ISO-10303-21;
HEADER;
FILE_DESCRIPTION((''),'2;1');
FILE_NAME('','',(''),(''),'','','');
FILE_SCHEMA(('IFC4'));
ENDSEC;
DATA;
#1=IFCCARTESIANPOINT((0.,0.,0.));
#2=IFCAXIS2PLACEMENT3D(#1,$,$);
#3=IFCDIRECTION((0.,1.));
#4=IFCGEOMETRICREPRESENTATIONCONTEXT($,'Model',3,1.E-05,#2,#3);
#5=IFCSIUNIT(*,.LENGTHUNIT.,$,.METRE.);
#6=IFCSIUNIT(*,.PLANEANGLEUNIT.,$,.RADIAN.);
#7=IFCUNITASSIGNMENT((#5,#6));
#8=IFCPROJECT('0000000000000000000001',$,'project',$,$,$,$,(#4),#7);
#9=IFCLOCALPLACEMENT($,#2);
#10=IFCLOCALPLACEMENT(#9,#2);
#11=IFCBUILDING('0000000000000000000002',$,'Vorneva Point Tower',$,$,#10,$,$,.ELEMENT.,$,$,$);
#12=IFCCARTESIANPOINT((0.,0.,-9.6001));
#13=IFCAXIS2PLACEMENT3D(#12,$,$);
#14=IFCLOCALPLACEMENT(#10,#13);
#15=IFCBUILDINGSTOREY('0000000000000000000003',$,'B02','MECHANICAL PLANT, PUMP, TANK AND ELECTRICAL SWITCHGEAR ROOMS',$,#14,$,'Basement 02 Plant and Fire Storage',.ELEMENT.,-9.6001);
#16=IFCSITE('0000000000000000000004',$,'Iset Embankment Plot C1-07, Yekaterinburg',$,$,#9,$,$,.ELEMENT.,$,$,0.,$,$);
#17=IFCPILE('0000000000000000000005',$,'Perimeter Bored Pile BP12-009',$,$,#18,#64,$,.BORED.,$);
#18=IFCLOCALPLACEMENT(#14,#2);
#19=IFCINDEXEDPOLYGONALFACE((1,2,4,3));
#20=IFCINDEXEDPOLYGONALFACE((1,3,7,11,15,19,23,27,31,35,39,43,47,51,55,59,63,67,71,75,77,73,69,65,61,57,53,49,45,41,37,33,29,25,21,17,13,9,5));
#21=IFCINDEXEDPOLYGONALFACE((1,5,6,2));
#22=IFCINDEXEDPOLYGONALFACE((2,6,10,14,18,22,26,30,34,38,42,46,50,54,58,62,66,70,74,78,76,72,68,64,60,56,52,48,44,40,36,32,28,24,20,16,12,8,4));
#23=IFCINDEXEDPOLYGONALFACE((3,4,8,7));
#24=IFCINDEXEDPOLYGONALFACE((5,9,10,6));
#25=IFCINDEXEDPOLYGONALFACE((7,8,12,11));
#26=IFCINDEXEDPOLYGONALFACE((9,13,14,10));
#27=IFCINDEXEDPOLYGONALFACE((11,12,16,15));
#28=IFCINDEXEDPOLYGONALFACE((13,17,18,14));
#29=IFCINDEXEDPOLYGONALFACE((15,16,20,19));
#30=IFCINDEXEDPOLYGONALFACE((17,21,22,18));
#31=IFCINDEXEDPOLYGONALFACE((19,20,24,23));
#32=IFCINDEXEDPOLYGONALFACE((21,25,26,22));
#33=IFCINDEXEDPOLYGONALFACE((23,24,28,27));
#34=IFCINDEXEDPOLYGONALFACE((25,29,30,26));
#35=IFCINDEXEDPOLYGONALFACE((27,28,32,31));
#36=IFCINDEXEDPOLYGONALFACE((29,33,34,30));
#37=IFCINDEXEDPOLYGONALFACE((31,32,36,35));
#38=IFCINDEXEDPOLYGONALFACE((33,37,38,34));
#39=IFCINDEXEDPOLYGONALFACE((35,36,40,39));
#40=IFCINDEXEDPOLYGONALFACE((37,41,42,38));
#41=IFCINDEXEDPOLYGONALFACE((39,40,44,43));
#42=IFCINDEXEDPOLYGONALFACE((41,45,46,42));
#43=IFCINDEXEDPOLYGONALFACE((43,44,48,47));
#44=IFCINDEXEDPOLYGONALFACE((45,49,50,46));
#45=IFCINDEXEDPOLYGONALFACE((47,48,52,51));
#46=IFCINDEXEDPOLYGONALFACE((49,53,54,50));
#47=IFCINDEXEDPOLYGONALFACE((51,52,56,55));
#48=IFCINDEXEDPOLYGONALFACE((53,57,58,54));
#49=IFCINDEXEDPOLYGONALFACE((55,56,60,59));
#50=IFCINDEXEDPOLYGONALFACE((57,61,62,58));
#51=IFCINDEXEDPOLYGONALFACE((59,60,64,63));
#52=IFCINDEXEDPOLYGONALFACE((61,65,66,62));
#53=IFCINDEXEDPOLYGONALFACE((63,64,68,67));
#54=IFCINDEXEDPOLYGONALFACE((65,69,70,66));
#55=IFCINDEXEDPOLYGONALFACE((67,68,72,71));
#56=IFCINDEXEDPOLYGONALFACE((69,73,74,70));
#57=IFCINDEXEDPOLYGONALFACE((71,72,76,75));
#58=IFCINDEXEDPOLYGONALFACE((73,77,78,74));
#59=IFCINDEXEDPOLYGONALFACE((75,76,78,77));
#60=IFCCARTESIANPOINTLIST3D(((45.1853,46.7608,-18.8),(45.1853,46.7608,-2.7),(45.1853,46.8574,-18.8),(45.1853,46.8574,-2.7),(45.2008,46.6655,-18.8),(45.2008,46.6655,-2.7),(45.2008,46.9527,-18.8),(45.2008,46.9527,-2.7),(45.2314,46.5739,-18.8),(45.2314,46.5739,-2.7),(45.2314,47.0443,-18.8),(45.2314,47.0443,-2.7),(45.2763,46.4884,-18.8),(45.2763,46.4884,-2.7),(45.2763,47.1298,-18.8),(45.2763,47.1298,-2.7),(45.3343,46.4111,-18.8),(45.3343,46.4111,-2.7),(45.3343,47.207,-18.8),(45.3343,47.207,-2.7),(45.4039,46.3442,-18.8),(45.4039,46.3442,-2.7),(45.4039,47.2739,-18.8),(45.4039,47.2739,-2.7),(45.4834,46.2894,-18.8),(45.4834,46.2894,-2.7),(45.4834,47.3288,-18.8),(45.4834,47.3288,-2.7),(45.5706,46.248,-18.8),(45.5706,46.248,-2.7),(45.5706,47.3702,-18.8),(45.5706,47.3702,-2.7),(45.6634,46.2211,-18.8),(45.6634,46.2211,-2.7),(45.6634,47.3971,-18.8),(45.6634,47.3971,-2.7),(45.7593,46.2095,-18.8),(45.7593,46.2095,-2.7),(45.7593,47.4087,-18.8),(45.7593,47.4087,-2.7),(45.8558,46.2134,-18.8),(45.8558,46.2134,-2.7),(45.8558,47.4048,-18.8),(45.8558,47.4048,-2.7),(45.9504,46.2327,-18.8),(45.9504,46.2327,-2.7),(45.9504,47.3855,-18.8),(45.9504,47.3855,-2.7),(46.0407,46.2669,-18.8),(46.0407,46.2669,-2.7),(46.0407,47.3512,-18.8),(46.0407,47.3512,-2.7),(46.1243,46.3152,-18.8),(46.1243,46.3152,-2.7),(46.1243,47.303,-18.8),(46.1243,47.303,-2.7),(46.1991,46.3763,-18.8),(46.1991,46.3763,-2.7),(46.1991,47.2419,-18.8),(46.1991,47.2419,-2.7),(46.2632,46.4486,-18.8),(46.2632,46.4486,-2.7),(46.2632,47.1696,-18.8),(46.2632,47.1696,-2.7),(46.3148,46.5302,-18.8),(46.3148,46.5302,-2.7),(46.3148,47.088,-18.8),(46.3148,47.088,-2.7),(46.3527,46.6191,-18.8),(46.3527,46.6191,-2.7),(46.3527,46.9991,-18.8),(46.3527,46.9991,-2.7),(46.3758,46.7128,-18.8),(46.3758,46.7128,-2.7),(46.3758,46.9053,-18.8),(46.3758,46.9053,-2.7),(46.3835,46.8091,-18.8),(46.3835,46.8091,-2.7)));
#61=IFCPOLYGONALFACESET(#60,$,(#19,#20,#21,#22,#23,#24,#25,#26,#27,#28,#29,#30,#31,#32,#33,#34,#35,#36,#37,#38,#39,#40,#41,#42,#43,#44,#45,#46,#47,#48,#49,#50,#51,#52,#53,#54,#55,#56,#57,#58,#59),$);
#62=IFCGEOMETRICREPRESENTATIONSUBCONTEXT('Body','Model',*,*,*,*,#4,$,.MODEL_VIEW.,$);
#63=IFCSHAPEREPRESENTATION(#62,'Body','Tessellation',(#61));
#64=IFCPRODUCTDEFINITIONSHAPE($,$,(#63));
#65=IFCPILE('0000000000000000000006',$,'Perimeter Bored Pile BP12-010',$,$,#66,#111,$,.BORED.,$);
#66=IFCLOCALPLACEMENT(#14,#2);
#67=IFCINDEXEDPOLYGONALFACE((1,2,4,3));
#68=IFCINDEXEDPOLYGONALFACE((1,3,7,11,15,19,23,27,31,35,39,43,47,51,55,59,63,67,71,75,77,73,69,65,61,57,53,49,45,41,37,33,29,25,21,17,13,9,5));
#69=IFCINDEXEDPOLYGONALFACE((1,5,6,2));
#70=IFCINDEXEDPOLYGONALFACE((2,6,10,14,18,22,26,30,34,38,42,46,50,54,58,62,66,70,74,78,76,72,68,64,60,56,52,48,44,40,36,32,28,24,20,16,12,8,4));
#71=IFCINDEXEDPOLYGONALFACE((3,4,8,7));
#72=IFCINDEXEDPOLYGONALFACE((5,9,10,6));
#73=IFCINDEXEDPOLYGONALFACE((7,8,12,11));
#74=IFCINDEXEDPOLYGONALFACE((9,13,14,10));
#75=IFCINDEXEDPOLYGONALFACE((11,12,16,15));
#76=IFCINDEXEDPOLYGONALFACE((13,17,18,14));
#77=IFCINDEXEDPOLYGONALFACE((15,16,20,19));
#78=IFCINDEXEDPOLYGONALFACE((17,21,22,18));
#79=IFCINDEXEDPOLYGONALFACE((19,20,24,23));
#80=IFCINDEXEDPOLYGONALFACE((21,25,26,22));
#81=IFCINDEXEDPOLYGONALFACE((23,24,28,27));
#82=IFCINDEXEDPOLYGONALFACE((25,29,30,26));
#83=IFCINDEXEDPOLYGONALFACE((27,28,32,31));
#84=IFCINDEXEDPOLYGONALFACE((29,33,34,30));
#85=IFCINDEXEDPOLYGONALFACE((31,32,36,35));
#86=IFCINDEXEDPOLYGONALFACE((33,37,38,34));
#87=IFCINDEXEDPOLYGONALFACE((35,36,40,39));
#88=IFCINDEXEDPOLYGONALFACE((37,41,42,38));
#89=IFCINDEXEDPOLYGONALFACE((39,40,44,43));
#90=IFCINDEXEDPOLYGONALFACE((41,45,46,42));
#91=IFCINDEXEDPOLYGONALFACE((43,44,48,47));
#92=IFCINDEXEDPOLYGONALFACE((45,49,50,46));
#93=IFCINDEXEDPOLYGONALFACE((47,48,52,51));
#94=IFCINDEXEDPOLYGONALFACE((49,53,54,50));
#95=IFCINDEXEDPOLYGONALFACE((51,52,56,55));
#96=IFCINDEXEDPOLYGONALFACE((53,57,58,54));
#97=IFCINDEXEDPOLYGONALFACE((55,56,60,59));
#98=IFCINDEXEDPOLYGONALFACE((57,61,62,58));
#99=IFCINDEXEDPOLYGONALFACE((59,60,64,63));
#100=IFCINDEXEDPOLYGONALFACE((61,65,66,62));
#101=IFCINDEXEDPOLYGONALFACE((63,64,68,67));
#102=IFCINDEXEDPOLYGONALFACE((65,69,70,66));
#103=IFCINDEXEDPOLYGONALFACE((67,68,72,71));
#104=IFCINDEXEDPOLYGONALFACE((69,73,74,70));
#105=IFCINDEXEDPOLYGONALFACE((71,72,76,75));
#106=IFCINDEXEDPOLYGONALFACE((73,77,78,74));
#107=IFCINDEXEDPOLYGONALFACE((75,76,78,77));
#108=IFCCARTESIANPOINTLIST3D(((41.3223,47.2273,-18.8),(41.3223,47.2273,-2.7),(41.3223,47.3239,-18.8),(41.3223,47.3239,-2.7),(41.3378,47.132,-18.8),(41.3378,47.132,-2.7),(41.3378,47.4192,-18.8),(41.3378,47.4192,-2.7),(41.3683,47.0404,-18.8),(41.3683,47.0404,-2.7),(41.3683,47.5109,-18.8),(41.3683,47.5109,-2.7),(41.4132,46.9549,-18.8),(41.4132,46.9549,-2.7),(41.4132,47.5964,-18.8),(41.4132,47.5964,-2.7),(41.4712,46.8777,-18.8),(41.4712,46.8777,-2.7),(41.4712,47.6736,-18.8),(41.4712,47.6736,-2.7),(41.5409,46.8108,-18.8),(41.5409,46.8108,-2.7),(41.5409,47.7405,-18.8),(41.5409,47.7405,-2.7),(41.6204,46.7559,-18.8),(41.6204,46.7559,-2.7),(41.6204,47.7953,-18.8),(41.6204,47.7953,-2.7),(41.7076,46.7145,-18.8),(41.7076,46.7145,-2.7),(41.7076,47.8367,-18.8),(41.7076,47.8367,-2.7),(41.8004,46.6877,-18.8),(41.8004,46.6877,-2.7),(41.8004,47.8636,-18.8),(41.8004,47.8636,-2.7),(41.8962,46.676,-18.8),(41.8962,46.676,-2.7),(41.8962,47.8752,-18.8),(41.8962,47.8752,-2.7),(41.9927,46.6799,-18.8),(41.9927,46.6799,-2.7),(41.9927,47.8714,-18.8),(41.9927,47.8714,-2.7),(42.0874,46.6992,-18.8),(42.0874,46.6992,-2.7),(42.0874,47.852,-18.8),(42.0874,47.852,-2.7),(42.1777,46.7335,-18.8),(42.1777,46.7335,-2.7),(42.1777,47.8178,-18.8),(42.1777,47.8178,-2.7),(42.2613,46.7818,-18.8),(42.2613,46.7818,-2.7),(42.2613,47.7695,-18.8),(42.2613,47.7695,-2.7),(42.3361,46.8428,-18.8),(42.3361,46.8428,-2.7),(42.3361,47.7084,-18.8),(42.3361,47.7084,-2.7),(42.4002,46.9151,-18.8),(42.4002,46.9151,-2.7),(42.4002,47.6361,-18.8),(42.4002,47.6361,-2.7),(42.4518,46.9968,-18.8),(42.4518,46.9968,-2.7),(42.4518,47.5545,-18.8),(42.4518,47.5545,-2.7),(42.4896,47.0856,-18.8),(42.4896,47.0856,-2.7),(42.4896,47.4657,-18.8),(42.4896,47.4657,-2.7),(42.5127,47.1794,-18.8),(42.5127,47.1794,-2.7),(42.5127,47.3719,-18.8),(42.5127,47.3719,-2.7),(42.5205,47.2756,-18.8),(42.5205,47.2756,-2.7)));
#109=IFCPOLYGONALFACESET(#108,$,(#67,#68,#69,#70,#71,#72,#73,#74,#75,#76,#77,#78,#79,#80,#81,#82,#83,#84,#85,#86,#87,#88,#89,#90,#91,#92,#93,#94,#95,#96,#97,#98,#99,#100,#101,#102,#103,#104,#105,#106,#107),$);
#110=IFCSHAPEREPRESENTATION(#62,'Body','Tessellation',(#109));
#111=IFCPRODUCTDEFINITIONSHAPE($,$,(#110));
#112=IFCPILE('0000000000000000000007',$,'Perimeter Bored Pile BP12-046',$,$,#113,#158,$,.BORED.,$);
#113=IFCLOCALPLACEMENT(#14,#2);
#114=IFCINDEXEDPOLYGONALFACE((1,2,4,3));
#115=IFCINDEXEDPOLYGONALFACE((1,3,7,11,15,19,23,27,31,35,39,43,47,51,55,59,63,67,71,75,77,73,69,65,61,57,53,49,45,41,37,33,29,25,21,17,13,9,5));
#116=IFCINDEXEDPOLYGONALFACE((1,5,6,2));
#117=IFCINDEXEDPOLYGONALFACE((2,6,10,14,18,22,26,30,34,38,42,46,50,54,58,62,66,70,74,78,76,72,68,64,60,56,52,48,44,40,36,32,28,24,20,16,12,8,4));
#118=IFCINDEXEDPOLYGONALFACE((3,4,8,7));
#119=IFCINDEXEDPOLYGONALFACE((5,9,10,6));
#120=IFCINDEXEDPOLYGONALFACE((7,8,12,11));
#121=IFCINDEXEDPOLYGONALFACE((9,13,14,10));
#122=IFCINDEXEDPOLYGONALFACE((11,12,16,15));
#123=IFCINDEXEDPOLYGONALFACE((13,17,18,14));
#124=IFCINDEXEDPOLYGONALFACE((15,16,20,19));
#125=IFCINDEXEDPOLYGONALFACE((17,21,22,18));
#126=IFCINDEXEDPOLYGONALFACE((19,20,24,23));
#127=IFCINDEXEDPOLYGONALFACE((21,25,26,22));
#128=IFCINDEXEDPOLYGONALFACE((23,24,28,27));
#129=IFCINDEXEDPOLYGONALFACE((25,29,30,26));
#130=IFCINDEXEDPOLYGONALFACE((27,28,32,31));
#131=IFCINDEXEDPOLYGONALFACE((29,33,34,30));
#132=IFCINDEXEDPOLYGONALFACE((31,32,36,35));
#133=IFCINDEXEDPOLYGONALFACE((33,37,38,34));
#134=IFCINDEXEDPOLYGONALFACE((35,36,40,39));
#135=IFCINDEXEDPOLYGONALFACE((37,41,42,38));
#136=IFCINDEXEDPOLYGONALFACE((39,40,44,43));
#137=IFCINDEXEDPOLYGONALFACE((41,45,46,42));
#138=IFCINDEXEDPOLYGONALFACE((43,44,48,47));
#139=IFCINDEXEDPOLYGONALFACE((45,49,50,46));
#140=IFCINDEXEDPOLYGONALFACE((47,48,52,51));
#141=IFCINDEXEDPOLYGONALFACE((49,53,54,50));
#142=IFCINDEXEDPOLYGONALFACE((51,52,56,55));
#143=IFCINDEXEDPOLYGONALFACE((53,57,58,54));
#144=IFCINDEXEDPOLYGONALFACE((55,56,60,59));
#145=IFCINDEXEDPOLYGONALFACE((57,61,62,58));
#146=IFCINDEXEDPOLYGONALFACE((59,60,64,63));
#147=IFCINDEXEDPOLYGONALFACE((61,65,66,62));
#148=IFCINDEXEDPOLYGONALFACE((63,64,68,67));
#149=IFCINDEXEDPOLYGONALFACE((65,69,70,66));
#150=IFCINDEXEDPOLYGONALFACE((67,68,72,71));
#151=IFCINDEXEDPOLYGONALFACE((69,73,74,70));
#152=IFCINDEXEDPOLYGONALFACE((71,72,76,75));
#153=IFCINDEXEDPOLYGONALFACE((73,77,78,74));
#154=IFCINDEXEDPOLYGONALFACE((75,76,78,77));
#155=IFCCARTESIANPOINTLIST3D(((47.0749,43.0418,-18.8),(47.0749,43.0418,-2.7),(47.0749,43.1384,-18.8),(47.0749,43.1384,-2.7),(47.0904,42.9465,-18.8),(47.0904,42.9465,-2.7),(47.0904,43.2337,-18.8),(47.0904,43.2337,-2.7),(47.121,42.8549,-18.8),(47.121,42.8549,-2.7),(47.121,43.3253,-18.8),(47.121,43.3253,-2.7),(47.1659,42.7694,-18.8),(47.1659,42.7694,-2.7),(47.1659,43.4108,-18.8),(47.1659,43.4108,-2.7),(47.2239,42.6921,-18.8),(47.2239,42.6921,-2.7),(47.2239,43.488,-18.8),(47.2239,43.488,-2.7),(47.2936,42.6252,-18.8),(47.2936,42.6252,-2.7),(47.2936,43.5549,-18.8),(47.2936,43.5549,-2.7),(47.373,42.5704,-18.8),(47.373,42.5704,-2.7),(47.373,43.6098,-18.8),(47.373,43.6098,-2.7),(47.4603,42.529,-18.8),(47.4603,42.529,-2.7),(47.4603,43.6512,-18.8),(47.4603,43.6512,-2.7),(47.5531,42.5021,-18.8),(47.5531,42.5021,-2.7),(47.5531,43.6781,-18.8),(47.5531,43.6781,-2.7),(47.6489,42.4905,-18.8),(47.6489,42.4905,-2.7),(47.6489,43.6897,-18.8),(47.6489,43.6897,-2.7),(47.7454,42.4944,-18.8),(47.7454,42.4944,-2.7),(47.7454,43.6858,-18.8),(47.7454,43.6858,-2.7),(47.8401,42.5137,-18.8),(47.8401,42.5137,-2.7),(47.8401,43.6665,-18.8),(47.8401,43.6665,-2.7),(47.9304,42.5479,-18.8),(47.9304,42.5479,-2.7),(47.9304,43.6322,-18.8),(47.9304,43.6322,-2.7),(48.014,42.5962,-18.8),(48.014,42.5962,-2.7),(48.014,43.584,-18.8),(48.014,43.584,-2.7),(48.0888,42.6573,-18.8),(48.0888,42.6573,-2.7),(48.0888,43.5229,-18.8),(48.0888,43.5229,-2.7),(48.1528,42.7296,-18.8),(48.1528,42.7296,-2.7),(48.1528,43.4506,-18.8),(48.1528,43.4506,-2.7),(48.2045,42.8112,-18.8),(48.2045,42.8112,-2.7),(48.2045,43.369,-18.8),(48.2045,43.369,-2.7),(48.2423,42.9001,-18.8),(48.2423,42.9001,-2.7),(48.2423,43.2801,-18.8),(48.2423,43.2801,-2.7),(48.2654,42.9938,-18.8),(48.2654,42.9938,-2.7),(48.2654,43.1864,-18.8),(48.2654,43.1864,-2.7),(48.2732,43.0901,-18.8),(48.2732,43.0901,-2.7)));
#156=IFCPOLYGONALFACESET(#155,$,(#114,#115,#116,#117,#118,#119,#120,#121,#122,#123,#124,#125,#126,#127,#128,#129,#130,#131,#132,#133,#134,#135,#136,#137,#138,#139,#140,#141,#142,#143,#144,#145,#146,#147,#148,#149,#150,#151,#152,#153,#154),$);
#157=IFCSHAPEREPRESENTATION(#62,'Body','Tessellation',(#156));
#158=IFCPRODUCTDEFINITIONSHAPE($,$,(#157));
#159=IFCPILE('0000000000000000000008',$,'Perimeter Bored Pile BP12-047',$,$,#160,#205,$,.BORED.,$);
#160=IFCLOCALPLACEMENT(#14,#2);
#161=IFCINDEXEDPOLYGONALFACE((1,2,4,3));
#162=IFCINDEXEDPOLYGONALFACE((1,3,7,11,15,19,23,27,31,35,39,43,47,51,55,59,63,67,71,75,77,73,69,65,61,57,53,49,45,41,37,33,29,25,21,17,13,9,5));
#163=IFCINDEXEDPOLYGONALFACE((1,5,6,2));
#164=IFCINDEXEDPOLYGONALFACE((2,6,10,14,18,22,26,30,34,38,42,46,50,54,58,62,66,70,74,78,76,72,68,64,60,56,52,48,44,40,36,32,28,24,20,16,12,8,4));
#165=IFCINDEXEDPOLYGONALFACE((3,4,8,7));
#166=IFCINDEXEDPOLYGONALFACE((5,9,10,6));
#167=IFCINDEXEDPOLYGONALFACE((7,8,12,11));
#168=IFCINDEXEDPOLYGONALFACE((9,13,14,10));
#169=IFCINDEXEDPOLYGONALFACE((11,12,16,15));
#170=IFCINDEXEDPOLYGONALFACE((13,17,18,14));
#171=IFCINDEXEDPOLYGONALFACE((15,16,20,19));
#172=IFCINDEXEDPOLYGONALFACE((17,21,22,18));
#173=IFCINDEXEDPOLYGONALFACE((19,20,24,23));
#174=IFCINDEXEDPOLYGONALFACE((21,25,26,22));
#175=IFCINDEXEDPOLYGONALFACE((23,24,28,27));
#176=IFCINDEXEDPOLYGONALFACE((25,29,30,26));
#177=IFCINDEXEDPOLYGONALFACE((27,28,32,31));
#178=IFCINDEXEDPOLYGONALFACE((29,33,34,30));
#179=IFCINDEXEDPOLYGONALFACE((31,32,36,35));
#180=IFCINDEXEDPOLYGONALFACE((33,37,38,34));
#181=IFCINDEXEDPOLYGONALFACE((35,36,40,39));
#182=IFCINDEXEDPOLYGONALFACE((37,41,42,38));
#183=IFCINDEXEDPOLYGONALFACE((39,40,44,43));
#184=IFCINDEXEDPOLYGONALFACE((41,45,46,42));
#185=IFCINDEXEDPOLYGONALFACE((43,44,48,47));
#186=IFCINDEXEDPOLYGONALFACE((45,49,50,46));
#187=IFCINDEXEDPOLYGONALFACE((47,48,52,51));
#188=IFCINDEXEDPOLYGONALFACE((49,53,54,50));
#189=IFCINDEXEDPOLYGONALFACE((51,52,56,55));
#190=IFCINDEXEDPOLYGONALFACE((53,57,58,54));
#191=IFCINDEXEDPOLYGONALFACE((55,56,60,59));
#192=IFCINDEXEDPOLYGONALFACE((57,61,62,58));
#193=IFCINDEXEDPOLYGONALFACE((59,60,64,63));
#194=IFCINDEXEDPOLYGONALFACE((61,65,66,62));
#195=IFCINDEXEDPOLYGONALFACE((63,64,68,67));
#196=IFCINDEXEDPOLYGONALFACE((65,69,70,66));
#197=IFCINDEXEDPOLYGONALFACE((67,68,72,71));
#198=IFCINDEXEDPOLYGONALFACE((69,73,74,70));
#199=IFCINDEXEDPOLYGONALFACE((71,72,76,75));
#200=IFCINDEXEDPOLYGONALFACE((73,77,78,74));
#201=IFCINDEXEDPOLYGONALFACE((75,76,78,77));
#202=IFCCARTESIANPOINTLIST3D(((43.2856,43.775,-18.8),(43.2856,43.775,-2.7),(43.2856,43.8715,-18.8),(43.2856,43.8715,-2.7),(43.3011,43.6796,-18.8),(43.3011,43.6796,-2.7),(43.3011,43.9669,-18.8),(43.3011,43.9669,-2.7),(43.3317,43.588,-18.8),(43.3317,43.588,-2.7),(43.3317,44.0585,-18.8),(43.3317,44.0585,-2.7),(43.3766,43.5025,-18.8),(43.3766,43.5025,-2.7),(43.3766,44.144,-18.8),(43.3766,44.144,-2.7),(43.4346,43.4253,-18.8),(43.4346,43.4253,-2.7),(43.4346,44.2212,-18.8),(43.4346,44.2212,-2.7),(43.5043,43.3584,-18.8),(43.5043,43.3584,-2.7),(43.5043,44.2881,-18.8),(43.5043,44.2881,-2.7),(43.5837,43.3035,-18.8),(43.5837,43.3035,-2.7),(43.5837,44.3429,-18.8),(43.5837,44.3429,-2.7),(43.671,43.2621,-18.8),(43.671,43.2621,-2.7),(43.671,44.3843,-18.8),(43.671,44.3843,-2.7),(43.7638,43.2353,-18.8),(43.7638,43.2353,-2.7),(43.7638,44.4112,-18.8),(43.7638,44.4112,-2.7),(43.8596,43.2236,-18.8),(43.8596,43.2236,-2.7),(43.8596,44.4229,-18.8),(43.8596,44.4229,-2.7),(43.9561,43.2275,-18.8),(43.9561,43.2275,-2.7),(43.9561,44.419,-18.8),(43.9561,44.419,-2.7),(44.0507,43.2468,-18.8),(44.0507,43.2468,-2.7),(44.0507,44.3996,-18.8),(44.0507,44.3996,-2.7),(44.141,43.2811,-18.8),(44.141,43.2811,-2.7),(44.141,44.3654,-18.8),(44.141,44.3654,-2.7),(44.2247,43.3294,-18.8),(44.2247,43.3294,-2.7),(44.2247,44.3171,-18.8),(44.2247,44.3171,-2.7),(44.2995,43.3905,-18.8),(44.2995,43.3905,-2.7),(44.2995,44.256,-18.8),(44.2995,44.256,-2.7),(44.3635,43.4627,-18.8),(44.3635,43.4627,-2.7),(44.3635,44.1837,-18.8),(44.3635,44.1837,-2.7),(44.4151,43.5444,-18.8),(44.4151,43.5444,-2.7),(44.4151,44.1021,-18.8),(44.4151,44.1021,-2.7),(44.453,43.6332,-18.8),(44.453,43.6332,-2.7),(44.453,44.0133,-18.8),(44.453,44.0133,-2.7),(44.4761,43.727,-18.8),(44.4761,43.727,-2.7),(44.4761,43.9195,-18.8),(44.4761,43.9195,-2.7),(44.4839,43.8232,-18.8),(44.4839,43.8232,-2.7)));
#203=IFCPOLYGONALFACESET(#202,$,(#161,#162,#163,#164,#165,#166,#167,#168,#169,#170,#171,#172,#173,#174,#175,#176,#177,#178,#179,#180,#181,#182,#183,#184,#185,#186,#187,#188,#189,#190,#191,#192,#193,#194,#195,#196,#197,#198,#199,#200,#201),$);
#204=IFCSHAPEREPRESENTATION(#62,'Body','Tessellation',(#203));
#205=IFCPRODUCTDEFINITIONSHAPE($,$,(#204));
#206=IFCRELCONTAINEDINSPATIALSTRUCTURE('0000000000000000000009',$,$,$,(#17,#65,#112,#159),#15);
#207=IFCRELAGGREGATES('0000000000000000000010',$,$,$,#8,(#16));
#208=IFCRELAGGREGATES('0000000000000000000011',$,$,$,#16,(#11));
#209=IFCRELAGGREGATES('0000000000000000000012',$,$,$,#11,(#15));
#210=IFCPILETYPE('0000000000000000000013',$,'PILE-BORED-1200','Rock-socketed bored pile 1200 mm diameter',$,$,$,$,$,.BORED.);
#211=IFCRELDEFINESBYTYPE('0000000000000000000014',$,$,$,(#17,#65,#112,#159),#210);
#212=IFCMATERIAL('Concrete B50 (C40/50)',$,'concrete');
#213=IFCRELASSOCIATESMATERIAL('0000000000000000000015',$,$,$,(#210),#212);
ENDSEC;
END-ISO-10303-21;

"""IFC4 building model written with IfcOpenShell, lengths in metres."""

from ifc_helpers import new_model, si_unit, direction, frame, origin, origin_2d, place, context, subcontext, project, spatial, circle, extrude, material, material_profile, profile_set, type_object, element, save


model = new_model("IFC4")

# Units and contexts
model_context = context("Model", 3, precision=1e-05, world=origin(), true_north=direction((0.0, 1.0)))
body_context = subcontext(model_context, "Body", "Model", "MODEL_VIEW")
ifc_project = project(units=[si_unit("LENGTHUNIT", "METRE"), si_unit("PLANEANGLEUNIT", "RADIAN")], contexts=[model_context])

# Site, building, storey
site_placement = place(None, origin())
site = spatial("IfcSite", under=ifc_project, at=site_placement, Name="Iset Embankment Plot C1-07, Yekaterinburg", CompositionType="ELEMENT", RefElevation=0.0)
building_placement = place(site_placement, origin())
building = spatial("IfcBuilding", under=site, at=building_placement, Name="Vorneva Point Tower", CompositionType="ELEMENT")
storey_placement = place(building_placement, frame((0.0, 0.0, -9.6001)))
storey = spatial("IfcBuildingStorey", under=building, at=storey_placement, Name="B02", Description="MECHANICAL PLANT, PUMP, TANK AND ELECTRICAL SWITCHGEAR ROOMS", LongName="Basement 02 Plant and Fire Storage", CompositionType="ELEMENT", Elevation=-9.6001)

# Piles
ifc_material_1 = material(Name="Concrete B50 (C40/50)", Category="concrete")
ifc_material_profile_1 = material_profile(ifc_material_1, circle(Radius=0.6001, at=origin_2d()), Name="PILE-1200")
ifc_profile_set_1 = profile_set([ifc_material_profile_1], Name="Concrete B50 (C40/50)")
pile_type_1 = type_object("IfcPileType", Name="PILE-BORED-1200", Description="Rock-socketed bored pile 1200 mm diameter", PredefinedType="BORED", material=ifc_profile_set_1)
for number, where, z_axis, x_axis, name in (
    (1, (45.7834, 46.8091, -2.7), (0.0, 0.0, -1.0), (1.0, 0.0, 0.0), "Perimeter Bored Pile BP12-009"),
    (2, (41.9204, 47.2756, -2.7), (0.0, 0.0, -1.0), (1.0, 0.0, 0.0), "Perimeter Bored Pile BP12-010"),
    (3, (47.6731, 43.0901, -2.7), (0.0, 0.0, -1.0), (1.0, 0.0, 0.0), "Perimeter Bored Pile BP12-046"),
    (4, (43.8838, 43.8232, -2.7), (0.0, 0.0, -1.0), (1.0, 0.0, 0.0), "Perimeter Bored Pile BP12-047"),
):
    element("IfcPile", number, at=place(storey_placement, frame(where, z_axis=z_axis, x_axis=x_axis)), inside=storey, type_object=pile_type_1, Name=name, PredefinedType="BORED", context=body_context, shape_type="SweptSolid", body=[
        extrude(circle(Radius=0.6001, at=origin_2d()), origin(), (0.0, 0.0, 1.0), 16.1001),
    ])

save(model, "model.ifc")
